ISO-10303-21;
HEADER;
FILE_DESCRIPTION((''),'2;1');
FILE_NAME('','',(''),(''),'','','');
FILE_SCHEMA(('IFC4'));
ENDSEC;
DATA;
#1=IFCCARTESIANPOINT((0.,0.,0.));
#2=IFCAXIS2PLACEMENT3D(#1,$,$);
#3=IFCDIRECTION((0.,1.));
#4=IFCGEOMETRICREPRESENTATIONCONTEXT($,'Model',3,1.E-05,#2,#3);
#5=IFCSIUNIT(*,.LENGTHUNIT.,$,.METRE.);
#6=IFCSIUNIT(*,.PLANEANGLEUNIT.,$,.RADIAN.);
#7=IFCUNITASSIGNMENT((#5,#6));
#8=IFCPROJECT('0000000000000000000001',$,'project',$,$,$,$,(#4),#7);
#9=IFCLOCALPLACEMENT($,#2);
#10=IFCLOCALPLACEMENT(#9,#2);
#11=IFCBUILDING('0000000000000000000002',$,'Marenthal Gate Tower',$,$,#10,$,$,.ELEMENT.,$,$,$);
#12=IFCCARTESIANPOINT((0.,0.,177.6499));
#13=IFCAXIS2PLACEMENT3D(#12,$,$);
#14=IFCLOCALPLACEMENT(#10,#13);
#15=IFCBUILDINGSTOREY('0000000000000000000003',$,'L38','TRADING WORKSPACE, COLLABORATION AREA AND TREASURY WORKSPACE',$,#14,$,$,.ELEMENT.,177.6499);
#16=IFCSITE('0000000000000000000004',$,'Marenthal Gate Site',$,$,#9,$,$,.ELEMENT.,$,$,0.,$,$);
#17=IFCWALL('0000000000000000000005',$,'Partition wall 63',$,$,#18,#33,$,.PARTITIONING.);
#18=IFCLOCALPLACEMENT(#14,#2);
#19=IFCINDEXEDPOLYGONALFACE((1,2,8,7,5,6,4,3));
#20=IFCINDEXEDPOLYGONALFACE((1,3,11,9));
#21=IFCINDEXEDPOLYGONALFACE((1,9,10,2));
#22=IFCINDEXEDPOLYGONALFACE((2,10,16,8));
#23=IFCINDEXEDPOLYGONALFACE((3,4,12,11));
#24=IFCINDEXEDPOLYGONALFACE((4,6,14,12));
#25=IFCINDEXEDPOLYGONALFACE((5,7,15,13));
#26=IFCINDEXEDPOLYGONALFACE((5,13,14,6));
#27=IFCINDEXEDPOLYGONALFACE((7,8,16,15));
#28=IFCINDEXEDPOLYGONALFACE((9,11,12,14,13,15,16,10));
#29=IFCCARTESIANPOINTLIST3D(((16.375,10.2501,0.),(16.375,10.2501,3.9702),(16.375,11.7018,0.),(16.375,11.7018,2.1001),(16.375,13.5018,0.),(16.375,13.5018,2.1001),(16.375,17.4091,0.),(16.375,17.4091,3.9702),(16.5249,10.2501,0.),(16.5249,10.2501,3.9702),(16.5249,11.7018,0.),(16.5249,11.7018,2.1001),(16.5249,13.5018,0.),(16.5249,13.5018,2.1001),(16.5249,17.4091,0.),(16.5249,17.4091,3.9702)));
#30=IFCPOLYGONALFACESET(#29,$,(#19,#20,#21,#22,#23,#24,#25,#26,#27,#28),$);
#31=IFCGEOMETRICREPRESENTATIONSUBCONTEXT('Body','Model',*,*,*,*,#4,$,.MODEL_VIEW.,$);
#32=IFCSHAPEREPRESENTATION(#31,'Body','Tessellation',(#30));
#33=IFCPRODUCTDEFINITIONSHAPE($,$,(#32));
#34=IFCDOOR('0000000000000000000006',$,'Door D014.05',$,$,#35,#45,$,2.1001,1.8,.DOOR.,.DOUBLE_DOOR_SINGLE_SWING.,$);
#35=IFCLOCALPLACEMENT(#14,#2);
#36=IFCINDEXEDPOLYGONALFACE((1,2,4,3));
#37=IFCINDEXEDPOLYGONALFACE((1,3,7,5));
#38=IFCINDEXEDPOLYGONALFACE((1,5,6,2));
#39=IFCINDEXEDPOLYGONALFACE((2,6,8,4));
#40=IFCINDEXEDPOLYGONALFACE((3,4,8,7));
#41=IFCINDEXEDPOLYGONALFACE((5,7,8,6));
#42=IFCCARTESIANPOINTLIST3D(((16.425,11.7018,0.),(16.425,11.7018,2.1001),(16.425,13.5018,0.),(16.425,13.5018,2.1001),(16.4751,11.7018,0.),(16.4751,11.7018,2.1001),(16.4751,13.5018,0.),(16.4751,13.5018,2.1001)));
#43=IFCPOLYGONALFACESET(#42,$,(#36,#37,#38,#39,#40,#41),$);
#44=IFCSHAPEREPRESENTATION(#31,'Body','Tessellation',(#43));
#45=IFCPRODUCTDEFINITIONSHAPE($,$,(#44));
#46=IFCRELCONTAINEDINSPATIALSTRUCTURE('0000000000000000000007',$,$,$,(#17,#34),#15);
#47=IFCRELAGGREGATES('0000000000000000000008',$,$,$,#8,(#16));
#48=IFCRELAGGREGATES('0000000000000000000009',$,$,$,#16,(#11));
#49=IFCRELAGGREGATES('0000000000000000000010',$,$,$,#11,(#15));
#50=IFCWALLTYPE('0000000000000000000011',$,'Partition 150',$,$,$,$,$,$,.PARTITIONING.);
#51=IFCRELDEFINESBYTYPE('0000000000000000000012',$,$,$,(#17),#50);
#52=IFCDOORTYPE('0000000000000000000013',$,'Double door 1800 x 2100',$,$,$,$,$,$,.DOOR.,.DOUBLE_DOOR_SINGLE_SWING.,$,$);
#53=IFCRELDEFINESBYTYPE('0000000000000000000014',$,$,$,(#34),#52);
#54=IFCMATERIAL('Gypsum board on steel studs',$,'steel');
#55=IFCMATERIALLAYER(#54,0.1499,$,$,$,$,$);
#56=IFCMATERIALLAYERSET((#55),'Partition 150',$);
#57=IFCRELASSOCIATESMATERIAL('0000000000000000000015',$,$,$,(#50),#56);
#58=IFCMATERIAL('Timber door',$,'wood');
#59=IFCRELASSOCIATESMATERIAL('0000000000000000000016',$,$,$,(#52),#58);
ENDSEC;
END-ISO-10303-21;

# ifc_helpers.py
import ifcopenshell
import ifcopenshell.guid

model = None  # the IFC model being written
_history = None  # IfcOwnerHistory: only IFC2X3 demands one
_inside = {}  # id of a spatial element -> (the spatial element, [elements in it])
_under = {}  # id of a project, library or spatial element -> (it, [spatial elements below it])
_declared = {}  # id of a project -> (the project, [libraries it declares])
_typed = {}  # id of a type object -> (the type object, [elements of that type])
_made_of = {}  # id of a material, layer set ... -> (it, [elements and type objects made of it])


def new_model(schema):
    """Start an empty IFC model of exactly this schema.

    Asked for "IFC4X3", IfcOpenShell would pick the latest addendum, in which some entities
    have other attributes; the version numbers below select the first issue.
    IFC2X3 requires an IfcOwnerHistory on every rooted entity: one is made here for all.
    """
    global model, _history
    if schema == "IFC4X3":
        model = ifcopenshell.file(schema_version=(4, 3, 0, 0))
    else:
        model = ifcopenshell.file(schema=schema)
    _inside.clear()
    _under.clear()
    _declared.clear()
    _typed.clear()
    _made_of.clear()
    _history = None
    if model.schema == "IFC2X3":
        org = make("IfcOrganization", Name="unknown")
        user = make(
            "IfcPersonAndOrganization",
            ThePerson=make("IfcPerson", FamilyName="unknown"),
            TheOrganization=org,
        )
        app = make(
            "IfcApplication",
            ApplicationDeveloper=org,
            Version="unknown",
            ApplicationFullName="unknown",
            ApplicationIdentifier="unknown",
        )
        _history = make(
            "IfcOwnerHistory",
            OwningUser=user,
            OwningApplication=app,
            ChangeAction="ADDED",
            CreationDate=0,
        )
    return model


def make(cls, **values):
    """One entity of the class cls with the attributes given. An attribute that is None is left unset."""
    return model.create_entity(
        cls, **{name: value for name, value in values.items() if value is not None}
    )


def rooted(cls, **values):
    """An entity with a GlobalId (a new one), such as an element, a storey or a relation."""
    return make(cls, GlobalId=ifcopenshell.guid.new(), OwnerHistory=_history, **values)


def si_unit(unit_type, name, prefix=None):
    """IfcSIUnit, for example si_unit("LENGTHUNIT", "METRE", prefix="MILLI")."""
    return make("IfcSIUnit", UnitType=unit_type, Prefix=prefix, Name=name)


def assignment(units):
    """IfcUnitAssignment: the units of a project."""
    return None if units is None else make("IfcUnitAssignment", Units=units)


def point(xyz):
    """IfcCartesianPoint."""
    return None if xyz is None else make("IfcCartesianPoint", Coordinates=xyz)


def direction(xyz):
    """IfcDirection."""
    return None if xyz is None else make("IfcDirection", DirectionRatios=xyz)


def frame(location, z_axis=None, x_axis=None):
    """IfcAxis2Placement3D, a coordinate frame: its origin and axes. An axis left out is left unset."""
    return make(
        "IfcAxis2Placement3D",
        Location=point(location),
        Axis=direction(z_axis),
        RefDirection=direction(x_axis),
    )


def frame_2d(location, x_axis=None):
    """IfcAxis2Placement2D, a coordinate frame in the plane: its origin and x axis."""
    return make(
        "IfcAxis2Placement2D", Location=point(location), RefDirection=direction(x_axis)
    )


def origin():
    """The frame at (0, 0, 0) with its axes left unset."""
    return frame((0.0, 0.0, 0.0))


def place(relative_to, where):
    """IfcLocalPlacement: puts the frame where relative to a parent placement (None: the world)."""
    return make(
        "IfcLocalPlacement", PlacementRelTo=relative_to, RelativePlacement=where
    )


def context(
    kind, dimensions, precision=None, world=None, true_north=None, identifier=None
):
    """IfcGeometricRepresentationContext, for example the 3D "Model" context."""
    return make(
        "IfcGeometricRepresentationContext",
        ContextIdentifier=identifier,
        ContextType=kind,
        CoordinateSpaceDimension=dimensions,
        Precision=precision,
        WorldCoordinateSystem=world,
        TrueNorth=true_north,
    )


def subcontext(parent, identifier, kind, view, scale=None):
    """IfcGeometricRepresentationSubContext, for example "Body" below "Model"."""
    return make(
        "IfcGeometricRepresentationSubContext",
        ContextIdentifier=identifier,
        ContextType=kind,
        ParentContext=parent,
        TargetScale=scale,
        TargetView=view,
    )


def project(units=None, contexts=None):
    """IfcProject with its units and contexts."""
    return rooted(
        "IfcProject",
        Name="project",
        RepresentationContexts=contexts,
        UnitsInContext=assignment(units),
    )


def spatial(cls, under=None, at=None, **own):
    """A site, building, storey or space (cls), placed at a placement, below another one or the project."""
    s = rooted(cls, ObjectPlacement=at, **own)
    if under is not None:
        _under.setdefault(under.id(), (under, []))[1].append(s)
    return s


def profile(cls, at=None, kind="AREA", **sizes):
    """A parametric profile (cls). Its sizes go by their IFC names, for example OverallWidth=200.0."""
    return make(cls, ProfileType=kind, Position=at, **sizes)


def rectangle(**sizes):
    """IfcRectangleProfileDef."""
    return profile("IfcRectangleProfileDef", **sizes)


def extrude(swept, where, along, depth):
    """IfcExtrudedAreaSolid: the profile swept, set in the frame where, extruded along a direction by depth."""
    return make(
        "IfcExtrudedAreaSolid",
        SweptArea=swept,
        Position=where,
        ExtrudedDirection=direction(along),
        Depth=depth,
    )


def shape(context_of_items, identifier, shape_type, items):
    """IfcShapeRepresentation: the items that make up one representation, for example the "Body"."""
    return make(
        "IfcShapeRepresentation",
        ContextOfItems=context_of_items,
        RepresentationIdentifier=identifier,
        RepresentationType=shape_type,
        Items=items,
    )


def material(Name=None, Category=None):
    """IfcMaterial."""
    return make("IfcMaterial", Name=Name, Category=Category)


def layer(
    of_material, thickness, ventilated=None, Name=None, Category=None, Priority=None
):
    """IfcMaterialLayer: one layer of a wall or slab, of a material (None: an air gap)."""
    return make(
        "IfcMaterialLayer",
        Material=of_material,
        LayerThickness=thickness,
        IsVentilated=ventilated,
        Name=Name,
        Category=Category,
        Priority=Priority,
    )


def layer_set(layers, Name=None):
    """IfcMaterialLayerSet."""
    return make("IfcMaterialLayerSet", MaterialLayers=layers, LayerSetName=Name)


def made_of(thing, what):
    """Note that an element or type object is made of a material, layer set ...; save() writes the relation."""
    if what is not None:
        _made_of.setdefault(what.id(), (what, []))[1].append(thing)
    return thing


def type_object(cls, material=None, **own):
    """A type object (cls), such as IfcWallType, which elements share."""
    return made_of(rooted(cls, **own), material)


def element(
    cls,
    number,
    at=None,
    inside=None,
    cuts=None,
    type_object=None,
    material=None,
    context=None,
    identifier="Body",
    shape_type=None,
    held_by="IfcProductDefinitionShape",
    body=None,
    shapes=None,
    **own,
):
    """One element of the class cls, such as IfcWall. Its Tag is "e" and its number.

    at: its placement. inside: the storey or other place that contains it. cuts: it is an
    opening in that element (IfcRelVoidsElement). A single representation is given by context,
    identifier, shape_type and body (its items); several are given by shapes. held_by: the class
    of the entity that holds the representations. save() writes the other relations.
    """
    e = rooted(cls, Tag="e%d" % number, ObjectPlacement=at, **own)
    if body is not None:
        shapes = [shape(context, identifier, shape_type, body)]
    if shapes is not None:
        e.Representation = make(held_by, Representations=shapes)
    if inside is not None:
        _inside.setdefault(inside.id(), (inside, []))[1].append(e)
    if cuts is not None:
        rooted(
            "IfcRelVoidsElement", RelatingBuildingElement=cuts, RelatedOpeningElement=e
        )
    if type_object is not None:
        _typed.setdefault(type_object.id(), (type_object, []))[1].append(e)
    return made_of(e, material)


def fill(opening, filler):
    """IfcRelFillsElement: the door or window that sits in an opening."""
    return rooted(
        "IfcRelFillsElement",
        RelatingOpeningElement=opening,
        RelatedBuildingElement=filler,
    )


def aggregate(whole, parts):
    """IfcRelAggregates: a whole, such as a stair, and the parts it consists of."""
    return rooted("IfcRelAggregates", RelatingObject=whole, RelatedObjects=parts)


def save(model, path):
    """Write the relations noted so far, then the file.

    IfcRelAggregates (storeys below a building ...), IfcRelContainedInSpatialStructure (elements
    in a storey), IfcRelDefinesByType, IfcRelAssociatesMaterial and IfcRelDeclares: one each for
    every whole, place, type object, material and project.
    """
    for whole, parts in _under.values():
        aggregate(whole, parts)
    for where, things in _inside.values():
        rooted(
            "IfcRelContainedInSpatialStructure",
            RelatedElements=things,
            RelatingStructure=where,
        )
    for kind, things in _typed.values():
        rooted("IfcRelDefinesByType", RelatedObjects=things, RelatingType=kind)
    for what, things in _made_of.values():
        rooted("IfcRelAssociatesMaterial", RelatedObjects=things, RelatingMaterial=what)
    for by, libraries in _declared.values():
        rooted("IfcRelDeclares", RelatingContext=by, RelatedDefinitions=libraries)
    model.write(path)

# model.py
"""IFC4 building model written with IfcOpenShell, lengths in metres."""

from ifc_helpers import new_model, si_unit, direction, frame, frame_2d, origin, place, context, subcontext, project, spatial, rectangle, extrude, material, layer, layer_set, type_object, element, fill, save


model = new_model("IFC4")

# Units and contexts
model_context = context("Model", 3, precision=1e-05, world=origin(), true_north=direction((0.0, 1.0)))
body_context = subcontext(model_context, "Body", "Model", "MODEL_VIEW")
ifc_project = project(units=[si_unit("LENGTHUNIT", "METRE"), si_unit("PLANEANGLEUNIT", "RADIAN")], contexts=[model_context])

# Site, building, storey
site_placement = place(None, origin())
site = spatial("IfcSite", under=ifc_project, at=site_placement, Name="Marenthal Gate Site", CompositionType="ELEMENT", RefElevation=0.0)
building_placement = place(site_placement, origin())
building = spatial("IfcBuilding", under=site, at=building_placement, Name="Marenthal Gate Tower", CompositionType="ELEMENT")
storey_placement = place(building_placement, frame((0.0, 0.0, 177.6499)))
storey = spatial("IfcBuildingStorey", under=building, at=storey_placement, Name="L38", Description="TRADING WORKSPACE, COLLABORATION AREA AND TREASURY WORKSPACE", CompositionType="ELEMENT", Elevation=177.6499)

# Wall, opening, door
ifc_material_1 = material(Name="Gypsum board on steel studs", Category="steel")
ifc_layer_1 = layer(ifc_material_1, 0.1499)
ifc_layer_set_1 = layer_set([ifc_layer_1], Name="Partition 150")
wall_type_1 = type_object("IfcWallType", Name="Partition 150", PredefinedType="PARTITIONING", material=ifc_layer_set_1)
wall_1_placement = place(storey_placement, frame((16.45, 10.25, 0.0), z_axis=(0.0, 0.0, 1.0), x_axis=(0.0, 1.0, 0.0)))
wall_1 = element("IfcWall", 1, at=wall_1_placement, inside=storey, type_object=wall_type_1, Name="Partition wall 63", PredefinedType="PARTITIONING", context=body_context, shape_type="SweptSolid", body=[
    extrude(rectangle(XDim=7.1589, YDim=0.1499, at=frame_2d((3.5796, 0.0))), origin(), (0.0, 0.0, 1.0), 3.9702),
])
opening_placement = place(wall_1_placement, frame((1.4519, 0.0, 0.0)))
opening = element("IfcOpeningElement", 2, at=opening_placement, cuts=wall_1, PredefinedType="OPENING", context=body_context, shape_type="SweptSolid", body=[
    extrude(rectangle(XDim=1.8, YDim=2.1001, at=frame_2d((0.8999, 1.05))), frame((0.0, 0.085, 0.0), z_axis=(0.0, -1.0, 0.0), x_axis=(1.0, 0.0, 0.0)), (0.0, 0.0, 1.0), 0.1699),
])
ifc_material_2 = material(Name="Timber door", Category="wood")
door_type = type_object("IfcDoorType", Name="Double door 1800 x 2100", OperationType="DOUBLE_DOOR_SINGLE_SWING", PredefinedType="DOOR", material=ifc_material_2)
door_placement = place(opening_placement, origin())
door = element("IfcDoor", 3, at=door_placement, inside=storey, type_object=door_type, Name="Door D014.05", OperationType="DOUBLE_DOOR_SINGLE_SWING", OverallHeight=2.1001, OverallWidth=1.8, PredefinedType="DOOR", context=body_context, shape_type="SweptSolid", body=[
    extrude(rectangle(XDim=1.8, YDim=2.1001, at=frame_2d((0.8999, 1.05))), frame((0.0, 0.0249, 0.0), z_axis=(0.0, -1.0, 0.0), x_axis=(1.0, 0.0, 0.0)), (0.0, 0.0, 1.0), 0.05),
])
fill(opening, door)

save(model, "model.ifc")
